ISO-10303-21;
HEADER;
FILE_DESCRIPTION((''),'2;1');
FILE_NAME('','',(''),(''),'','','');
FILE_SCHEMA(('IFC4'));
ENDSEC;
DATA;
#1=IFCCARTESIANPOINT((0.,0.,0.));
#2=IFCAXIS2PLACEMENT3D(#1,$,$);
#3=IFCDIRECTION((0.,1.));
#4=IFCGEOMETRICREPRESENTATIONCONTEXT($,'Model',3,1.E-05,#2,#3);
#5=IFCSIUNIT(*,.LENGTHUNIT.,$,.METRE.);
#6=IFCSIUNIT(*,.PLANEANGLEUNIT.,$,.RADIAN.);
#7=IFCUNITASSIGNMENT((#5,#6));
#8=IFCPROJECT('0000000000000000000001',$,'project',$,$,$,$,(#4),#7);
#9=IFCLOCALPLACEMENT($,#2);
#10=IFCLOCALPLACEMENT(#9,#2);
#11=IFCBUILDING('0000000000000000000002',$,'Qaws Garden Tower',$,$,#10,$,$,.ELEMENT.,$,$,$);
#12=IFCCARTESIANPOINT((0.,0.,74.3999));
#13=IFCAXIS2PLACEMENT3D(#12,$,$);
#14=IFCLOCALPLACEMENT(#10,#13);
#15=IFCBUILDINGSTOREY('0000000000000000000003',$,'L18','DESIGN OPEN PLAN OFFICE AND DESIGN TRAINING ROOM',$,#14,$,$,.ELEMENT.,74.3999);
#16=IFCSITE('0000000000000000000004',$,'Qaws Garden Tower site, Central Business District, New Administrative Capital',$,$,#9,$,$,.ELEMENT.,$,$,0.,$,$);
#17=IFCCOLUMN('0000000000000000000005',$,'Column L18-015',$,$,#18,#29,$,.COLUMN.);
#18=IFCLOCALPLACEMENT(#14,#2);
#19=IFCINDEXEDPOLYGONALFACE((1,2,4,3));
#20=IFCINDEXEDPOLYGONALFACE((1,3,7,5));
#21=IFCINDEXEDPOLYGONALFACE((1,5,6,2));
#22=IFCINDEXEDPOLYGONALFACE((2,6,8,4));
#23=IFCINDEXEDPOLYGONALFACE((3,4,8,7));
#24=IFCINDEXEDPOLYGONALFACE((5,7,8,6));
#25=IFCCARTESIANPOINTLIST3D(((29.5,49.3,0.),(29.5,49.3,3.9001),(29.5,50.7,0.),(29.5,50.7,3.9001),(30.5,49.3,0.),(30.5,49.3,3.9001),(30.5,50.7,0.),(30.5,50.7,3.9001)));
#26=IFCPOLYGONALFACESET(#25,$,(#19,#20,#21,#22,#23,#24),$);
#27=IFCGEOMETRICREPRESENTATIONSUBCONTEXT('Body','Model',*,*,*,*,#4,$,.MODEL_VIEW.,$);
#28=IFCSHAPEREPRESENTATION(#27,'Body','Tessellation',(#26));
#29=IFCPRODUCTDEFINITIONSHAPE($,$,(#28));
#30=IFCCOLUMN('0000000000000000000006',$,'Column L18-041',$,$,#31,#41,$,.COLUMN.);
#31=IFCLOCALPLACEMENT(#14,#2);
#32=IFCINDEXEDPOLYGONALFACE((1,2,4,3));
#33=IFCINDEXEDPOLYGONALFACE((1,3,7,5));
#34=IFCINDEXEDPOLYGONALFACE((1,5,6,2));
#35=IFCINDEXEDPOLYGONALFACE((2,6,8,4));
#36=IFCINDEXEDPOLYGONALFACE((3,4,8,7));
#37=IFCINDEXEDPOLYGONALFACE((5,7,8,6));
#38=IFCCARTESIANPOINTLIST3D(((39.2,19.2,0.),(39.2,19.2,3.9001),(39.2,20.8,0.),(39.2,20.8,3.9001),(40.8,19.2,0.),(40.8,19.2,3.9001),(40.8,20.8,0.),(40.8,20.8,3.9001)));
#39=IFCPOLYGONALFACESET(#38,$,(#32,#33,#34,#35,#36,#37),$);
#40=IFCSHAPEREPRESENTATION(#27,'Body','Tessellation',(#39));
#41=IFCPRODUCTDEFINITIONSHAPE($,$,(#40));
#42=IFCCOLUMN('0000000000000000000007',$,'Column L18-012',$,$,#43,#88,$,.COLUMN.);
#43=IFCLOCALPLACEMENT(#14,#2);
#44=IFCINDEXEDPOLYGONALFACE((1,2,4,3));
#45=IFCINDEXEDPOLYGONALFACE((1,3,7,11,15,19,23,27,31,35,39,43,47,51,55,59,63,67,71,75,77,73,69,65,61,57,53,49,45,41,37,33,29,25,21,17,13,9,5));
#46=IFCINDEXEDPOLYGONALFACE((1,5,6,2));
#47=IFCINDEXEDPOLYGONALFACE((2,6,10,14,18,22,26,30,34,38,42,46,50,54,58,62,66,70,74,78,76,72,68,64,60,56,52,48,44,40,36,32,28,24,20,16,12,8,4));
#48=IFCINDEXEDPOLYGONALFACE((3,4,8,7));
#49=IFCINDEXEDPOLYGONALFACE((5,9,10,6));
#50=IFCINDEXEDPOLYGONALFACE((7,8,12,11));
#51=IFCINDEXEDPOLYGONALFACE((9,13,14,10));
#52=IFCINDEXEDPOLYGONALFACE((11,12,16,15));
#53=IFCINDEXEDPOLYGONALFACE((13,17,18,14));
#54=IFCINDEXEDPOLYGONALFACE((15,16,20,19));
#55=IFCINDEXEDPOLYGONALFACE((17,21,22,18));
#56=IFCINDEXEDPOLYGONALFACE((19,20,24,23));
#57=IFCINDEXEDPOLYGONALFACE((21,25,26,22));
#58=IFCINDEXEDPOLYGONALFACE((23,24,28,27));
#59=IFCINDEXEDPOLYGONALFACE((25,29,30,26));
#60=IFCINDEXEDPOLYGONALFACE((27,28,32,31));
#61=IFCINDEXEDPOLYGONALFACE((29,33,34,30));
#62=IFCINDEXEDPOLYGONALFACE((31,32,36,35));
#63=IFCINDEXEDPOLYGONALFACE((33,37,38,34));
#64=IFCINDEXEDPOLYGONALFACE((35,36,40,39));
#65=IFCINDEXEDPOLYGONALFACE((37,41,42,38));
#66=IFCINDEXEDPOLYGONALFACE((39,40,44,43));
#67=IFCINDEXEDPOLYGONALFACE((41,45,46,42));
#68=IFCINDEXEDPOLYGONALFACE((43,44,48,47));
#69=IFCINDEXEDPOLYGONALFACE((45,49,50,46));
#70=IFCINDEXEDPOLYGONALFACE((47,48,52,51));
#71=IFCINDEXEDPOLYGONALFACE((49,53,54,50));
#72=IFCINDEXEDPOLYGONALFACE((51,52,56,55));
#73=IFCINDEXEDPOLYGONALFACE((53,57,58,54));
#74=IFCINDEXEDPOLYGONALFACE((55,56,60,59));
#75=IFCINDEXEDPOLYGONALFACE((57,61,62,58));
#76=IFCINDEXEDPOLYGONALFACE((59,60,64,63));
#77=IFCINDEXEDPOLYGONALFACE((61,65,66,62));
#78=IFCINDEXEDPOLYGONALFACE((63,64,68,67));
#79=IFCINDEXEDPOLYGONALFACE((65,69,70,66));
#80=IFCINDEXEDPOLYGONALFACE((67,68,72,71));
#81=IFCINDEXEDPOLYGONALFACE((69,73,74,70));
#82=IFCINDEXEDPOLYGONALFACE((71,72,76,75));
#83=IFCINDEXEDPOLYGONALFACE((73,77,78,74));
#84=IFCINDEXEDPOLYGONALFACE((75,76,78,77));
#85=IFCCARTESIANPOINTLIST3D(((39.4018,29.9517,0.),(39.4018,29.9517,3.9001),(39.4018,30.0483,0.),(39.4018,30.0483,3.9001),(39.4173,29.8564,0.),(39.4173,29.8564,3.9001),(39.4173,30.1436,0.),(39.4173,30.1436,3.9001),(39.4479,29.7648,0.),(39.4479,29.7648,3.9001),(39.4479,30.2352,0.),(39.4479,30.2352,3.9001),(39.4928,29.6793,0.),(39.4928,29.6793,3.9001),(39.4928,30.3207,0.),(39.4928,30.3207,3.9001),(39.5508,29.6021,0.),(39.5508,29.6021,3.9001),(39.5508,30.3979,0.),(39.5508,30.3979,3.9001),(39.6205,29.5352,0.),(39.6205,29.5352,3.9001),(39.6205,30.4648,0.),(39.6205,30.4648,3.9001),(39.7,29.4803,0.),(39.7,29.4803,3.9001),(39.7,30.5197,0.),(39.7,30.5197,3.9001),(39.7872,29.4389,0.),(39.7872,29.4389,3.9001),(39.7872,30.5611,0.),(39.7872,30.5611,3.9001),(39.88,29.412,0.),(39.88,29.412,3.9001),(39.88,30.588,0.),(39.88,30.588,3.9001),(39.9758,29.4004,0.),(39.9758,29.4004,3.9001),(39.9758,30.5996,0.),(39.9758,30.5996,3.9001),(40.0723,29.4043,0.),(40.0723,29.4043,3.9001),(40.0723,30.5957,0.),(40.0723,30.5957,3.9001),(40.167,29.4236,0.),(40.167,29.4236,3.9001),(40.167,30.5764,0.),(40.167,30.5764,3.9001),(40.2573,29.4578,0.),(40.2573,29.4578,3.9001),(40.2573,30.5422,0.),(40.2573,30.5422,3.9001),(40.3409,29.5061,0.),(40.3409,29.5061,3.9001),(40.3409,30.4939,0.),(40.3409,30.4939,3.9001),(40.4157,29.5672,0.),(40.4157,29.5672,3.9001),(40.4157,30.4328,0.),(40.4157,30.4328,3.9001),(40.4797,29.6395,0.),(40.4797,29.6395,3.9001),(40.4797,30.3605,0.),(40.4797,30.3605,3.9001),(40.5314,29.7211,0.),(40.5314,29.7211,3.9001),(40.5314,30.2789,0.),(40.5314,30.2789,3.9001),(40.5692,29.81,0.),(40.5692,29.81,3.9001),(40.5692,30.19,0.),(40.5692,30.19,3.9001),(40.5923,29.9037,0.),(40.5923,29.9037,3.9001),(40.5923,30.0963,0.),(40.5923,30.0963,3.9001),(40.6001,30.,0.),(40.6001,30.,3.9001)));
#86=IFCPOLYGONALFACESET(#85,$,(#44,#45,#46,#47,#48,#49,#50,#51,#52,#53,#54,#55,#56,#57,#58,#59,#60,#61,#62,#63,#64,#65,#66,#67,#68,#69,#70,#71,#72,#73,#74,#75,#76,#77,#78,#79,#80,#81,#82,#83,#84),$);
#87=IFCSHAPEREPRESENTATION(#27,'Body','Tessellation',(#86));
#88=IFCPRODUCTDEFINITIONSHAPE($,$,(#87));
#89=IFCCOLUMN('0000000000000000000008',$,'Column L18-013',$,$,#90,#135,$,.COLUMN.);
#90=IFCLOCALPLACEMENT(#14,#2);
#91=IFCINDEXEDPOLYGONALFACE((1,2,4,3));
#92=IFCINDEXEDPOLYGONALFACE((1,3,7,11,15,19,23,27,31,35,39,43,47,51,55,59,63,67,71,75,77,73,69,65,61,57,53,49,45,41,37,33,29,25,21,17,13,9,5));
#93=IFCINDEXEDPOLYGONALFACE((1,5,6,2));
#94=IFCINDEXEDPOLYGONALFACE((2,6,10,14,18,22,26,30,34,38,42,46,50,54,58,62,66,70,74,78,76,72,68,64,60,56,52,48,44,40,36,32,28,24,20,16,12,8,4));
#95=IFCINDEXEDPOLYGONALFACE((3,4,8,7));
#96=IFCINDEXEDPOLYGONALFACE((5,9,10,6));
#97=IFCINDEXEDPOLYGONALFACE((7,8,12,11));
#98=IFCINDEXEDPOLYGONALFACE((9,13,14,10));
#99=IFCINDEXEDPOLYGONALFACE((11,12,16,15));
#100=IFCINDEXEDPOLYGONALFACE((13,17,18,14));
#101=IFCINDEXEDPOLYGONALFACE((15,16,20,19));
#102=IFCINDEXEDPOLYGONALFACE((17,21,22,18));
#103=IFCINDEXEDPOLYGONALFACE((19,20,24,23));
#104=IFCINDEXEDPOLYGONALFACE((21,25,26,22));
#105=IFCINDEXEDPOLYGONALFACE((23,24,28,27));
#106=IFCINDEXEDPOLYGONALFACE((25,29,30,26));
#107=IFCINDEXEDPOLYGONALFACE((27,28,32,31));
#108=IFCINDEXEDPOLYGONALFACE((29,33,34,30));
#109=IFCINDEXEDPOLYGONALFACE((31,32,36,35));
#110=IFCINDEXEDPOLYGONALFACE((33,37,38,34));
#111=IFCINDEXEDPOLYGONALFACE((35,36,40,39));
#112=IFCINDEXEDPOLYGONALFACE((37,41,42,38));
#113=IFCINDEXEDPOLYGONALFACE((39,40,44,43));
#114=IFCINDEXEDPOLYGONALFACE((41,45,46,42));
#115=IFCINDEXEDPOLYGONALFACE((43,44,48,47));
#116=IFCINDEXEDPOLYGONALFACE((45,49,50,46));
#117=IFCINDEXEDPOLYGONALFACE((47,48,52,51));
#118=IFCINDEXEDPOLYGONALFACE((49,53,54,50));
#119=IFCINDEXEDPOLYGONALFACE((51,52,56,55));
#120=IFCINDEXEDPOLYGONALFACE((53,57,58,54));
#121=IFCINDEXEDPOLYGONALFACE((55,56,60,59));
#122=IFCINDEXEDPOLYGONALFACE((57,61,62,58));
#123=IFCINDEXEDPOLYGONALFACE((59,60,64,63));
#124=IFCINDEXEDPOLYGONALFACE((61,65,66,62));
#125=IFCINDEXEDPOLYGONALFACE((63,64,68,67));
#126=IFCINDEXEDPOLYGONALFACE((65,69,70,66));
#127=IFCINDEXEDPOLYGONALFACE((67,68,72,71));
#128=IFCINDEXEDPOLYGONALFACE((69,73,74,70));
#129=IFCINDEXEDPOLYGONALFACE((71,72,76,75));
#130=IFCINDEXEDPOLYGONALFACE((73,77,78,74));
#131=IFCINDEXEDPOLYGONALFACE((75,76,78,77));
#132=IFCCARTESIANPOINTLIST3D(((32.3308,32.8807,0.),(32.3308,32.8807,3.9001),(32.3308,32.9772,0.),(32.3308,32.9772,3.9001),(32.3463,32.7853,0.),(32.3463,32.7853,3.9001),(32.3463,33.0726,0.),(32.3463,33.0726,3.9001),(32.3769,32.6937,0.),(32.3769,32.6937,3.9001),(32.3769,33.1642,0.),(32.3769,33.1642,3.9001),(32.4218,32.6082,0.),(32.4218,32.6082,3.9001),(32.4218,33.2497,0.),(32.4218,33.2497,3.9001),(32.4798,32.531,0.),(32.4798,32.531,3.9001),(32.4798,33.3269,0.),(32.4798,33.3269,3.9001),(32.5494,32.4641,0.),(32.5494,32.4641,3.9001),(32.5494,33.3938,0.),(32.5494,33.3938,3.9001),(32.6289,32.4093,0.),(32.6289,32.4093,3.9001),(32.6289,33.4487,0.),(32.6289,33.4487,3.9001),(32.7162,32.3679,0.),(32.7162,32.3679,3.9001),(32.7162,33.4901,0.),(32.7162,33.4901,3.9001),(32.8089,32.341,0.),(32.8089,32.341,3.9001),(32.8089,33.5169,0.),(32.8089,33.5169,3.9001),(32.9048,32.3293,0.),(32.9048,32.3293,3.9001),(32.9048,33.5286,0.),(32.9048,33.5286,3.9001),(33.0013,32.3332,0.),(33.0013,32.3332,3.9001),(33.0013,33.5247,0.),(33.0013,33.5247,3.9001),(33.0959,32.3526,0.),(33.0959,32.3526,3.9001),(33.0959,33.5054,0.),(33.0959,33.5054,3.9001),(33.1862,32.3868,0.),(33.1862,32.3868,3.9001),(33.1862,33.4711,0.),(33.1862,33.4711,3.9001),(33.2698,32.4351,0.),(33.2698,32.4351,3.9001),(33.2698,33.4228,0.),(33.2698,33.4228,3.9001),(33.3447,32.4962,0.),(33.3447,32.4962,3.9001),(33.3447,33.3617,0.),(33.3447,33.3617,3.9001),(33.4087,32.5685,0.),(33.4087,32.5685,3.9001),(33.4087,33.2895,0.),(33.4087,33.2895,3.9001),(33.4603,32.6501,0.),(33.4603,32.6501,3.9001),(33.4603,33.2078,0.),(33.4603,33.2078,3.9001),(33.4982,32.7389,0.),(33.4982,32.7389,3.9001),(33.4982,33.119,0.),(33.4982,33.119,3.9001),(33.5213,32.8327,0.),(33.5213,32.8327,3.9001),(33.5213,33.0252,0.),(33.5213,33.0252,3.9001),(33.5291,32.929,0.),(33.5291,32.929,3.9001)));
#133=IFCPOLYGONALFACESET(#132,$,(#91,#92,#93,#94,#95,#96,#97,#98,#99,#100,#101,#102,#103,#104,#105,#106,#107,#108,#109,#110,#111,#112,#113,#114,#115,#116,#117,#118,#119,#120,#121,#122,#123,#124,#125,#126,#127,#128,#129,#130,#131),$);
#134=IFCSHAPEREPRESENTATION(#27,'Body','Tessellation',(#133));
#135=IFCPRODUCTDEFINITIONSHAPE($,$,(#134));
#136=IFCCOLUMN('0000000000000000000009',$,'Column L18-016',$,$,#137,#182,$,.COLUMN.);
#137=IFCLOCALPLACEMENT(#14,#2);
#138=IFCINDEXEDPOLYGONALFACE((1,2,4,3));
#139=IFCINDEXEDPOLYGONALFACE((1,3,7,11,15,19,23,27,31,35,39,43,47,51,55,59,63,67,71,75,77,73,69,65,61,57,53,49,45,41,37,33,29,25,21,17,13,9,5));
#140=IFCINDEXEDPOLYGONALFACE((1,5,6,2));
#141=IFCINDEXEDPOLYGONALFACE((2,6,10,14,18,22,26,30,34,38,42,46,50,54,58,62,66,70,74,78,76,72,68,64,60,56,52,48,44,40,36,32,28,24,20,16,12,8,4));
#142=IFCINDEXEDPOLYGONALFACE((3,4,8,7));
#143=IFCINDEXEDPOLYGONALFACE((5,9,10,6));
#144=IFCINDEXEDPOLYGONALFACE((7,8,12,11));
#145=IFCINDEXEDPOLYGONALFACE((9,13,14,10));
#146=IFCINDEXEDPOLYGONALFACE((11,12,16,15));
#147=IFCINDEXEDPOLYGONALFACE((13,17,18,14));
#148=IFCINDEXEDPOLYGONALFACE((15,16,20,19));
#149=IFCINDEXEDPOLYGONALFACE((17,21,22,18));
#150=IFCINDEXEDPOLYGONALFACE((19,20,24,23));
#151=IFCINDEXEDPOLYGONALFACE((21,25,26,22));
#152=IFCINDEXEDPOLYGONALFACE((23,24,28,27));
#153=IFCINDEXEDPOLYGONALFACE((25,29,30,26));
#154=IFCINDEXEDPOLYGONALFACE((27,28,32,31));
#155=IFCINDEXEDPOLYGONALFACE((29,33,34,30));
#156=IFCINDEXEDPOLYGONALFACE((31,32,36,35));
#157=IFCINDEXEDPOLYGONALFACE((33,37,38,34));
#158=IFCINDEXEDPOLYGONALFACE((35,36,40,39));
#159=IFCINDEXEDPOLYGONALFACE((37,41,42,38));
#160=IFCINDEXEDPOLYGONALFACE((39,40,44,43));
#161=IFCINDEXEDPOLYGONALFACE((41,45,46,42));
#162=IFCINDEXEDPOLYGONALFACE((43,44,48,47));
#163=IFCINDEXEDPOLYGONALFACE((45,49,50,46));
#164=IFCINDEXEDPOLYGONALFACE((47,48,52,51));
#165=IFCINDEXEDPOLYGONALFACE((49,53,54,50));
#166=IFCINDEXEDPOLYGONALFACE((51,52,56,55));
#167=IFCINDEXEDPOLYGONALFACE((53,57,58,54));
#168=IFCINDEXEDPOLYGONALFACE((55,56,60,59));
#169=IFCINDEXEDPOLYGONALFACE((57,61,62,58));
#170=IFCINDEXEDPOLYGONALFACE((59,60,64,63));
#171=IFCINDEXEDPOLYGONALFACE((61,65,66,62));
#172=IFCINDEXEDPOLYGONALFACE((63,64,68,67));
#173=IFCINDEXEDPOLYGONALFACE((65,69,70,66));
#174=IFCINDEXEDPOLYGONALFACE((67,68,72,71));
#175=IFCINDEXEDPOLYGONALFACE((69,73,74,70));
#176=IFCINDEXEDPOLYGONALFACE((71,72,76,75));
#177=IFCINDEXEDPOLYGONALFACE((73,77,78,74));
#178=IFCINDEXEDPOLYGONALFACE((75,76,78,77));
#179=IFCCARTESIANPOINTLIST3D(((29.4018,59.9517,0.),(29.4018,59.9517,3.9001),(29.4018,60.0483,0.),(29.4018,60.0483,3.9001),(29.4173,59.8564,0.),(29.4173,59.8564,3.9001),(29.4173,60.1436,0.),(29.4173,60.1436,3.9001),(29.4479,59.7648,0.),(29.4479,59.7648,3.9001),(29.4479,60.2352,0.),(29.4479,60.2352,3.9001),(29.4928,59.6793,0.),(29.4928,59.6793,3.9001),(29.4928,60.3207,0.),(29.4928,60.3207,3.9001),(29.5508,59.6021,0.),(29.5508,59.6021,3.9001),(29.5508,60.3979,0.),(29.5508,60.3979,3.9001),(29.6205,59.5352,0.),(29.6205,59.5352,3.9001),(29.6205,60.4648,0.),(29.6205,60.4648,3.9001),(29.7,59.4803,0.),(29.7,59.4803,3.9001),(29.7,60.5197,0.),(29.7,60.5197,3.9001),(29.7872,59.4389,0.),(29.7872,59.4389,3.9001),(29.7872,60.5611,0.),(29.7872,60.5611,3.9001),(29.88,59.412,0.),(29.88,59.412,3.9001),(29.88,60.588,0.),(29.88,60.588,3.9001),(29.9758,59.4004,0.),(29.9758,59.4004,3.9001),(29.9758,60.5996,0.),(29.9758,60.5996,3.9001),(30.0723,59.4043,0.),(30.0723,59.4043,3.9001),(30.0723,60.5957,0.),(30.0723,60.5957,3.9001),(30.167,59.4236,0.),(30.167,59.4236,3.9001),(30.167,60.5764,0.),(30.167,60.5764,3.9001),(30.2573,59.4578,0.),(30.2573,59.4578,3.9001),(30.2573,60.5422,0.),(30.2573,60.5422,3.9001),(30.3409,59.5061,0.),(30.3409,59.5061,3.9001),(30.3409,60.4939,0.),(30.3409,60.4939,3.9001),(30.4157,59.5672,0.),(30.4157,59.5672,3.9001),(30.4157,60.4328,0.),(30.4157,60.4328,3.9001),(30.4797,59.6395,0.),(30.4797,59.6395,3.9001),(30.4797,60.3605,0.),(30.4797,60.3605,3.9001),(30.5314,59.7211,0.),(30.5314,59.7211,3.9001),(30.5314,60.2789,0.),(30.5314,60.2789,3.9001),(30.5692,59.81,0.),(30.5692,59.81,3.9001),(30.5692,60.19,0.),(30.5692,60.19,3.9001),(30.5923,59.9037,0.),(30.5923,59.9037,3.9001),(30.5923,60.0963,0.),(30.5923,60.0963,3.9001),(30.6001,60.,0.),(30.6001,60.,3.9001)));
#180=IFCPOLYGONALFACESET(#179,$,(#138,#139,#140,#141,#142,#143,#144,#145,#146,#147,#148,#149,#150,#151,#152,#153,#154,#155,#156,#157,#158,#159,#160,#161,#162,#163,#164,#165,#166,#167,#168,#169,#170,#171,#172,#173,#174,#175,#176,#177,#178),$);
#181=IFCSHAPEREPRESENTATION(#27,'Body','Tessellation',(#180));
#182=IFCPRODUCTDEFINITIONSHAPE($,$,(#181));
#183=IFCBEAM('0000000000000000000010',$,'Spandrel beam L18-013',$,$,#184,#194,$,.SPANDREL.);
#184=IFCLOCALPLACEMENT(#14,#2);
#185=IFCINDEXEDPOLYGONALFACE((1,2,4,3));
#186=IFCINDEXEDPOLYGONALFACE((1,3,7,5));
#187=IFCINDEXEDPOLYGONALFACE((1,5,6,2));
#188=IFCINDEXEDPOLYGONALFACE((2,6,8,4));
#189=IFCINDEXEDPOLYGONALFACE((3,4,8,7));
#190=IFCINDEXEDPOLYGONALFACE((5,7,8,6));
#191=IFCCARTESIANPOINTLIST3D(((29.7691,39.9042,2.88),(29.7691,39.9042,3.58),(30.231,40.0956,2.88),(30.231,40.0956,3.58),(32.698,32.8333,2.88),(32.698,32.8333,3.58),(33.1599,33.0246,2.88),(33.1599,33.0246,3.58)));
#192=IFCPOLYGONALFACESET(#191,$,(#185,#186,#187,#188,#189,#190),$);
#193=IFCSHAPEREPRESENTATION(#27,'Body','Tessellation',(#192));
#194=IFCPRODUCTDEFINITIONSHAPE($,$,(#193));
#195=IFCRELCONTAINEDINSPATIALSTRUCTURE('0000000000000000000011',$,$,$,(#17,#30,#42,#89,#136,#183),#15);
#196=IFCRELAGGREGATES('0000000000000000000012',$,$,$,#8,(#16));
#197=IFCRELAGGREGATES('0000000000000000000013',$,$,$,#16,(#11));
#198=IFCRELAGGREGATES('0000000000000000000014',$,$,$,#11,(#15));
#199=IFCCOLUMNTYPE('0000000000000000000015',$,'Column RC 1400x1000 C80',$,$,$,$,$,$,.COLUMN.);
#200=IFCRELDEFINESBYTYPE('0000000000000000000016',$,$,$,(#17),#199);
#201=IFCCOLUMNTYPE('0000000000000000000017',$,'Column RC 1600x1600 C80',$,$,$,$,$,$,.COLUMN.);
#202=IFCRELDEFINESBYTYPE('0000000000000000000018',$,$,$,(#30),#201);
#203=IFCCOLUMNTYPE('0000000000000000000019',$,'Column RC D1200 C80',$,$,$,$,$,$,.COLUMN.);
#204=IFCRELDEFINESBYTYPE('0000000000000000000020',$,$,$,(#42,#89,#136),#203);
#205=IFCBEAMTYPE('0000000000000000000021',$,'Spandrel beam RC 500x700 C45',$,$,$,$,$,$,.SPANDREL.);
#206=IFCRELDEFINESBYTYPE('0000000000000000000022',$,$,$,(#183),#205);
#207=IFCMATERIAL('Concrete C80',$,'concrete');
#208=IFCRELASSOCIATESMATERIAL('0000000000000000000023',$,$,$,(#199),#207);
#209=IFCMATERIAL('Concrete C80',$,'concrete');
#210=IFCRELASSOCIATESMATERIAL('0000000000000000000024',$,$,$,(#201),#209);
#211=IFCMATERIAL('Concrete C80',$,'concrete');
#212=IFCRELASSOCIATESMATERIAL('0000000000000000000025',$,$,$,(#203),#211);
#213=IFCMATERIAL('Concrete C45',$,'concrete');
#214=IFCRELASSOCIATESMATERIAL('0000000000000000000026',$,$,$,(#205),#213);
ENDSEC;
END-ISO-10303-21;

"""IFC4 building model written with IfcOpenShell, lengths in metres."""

from ifc_helpers import new_model, si_unit, direction, frame, origin, origin_2d, place, context, subcontext, project, spatial, rectangle, circle, extrude, material, material_profile, profile_set, type_object, element, save


model = new_model("IFC4")

# Units and contexts
model_context = context("Model", 3, precision=1e-05, world=origin(), true_north=direction((0.0, 1.0)))
body_context = subcontext(model_context, "Body", "Model", "MODEL_VIEW")
ifc_project = project(units=[si_unit("LENGTHUNIT", "METRE"), si_unit("PLANEANGLEUNIT", "RADIAN")], contexts=[model_context])

# Site, building, storey
site_placement = place(None, origin())
site = spatial("IfcSite", under=ifc_project, at=site_placement, Name="Qaws Garden Tower site, Central Business District, New Administrative Capital", CompositionType="ELEMENT", RefElevation=0.0)
building_placement = place(site_placement, origin())
building = spatial("IfcBuilding", under=site, at=building_placement, Name="Qaws Garden Tower", CompositionType="ELEMENT")
storey_placement = place(building_placement, frame((0.0, 0.0, 74.3999)))
storey = spatial("IfcBuildingStorey", under=building, at=storey_placement, Name="L18", Description="DESIGN OPEN PLAN OFFICE AND DESIGN TRAINING ROOM", CompositionType="ELEMENT", Elevation=74.3999)

# Columns
ifc_material_1 = material(Name="Concrete C80", Category="concrete")
ifc_material_profile_1 = material_profile(ifc_material_1, rectangle(XDim=1.3999, YDim=1.0, at=origin_2d()), Name="RC 1400x1000")
ifc_profile_set_1 = profile_set([ifc_material_profile_1], Name="Concrete C80")
column_type_1 = type_object("IfcColumnType", Name="Column RC 1400x1000 C80", PredefinedType="COLUMN", material=ifc_profile_set_1)
column_1_placement = place(storey_placement, frame((30.0, 50.0, 0.0), z_axis=(0.0, 0.0, 1.0), x_axis=(0.0, 1.0, 0.0)))
element("IfcColumn", 1, at=column_1_placement, inside=storey, type_object=column_type_1, Name="Column L18-015", PredefinedType="COLUMN", context=body_context, shape_type="SweptSolid", body=[
    extrude(rectangle(XDim=1.3999, YDim=1.0, at=origin_2d()), origin(), (0.0, 0.0, 1.0), 3.9001),
])
ifc_material_2 = material(Name="Concrete C80", Category="concrete")
ifc_material_profile_2 = material_profile(ifc_material_2, rectangle(XDim=1.6001, YDim=1.6001, at=origin_2d()), Name="RC 1600x1600")
ifc_profile_set_2 = profile_set([ifc_material_profile_2], Name="Concrete C80")
column_type_2 = type_object("IfcColumnType", Name="Column RC 1600x1600 C80", PredefinedType="COLUMN", material=ifc_profile_set_2)
column_2_placement = place(storey_placement, frame((40.0, 20.0, 0.0), z_axis=(0.0, 0.0, 1.0), x_axis=(1.0, 0.0, 0.0)))
element("IfcColumn", 2, at=column_2_placement, inside=storey, type_object=column_type_2, Name="Column L18-041", PredefinedType="COLUMN", context=body_context, shape_type="SweptSolid", body=[
    extrude(rectangle(XDim=1.6001, YDim=1.6001, at=origin_2d()), origin(), (0.0, 0.0, 1.0), 3.9001),
])
ifc_material_3 = material(Name="Concrete C80", Category="concrete")
ifc_material_profile_3 = material_profile(ifc_material_3, circle(Radius=0.6001, at=origin_2d()), Name="RC D1200")
ifc_profile_set_3 = profile_set([ifc_material_profile_3], Name="Concrete C80")
column_type_3 = type_object("IfcColumnType", Name="Column RC D1200 C80", PredefinedType="COLUMN", material=ifc_profile_set_3)
for number, where, z_axis, x_axis, name in (
    (3, (40.0, 30.0, 0.0), (0.0, 0.0, 1.0), (1.0, 0.0, 0.0), "Column L18-012"),
    (4, (32.929, 32.929, 0.0), (0.0, 0.0, 1.0), (1.0, 0.0, 0.0), "Column L18-013"),
    (5, (30.0, 60.0, 0.0), (0.0, 0.0, 1.0), (1.0, 0.0, 0.0), "Column L18-016"),
):
    element("IfcColumn", number, at=place(storey_placement, frame(where, z_axis=z_axis, x_axis=x_axis)), inside=storey, type_object=column_type_3, Name=name, PredefinedType="COLUMN", context=body_context, shape_type="SweptSolid", body=[
        extrude(circle(Radius=0.6001, at=origin_2d()), origin(), (0.0, 0.0, 1.0), 3.9001),
    ])

# Beam
ifc_material_4 = material(Name="Concrete C45", Category="concrete")
ifc_material_profile_4 = material_profile(ifc_material_4, rectangle(XDim=0.5, YDim=0.7, at=origin_2d()), Name="RC 500x700")
ifc_profile_set_4 = profile_set([ifc_material_profile_4], Name="Concrete C45")
beam_type = type_object("IfcBeamType", Name="Spandrel beam RC 500x700 C45", PredefinedType="SPANDREL", material=ifc_profile_set_4)
beam_1_placement = place(storey_placement, frame((32.929, 32.929, 3.23), z_axis=(-0.382687, 0.923878, 0.0), x_axis=(-0.923878, -0.382687, 0.0)))
element("IfcBeam", 6, at=beam_1_placement, inside=storey, type_object=beam_type, Name="Spandrel beam L18-013", PredefinedType="SPANDREL", context=body_context, shape_type="SweptSolid", body=[
    extrude(rectangle(XDim=0.5, YDim=0.7, at=origin_2d()), origin(), (0.0, 0.0, 1.0), 7.6536),
])

save(model, "model.ifc")
